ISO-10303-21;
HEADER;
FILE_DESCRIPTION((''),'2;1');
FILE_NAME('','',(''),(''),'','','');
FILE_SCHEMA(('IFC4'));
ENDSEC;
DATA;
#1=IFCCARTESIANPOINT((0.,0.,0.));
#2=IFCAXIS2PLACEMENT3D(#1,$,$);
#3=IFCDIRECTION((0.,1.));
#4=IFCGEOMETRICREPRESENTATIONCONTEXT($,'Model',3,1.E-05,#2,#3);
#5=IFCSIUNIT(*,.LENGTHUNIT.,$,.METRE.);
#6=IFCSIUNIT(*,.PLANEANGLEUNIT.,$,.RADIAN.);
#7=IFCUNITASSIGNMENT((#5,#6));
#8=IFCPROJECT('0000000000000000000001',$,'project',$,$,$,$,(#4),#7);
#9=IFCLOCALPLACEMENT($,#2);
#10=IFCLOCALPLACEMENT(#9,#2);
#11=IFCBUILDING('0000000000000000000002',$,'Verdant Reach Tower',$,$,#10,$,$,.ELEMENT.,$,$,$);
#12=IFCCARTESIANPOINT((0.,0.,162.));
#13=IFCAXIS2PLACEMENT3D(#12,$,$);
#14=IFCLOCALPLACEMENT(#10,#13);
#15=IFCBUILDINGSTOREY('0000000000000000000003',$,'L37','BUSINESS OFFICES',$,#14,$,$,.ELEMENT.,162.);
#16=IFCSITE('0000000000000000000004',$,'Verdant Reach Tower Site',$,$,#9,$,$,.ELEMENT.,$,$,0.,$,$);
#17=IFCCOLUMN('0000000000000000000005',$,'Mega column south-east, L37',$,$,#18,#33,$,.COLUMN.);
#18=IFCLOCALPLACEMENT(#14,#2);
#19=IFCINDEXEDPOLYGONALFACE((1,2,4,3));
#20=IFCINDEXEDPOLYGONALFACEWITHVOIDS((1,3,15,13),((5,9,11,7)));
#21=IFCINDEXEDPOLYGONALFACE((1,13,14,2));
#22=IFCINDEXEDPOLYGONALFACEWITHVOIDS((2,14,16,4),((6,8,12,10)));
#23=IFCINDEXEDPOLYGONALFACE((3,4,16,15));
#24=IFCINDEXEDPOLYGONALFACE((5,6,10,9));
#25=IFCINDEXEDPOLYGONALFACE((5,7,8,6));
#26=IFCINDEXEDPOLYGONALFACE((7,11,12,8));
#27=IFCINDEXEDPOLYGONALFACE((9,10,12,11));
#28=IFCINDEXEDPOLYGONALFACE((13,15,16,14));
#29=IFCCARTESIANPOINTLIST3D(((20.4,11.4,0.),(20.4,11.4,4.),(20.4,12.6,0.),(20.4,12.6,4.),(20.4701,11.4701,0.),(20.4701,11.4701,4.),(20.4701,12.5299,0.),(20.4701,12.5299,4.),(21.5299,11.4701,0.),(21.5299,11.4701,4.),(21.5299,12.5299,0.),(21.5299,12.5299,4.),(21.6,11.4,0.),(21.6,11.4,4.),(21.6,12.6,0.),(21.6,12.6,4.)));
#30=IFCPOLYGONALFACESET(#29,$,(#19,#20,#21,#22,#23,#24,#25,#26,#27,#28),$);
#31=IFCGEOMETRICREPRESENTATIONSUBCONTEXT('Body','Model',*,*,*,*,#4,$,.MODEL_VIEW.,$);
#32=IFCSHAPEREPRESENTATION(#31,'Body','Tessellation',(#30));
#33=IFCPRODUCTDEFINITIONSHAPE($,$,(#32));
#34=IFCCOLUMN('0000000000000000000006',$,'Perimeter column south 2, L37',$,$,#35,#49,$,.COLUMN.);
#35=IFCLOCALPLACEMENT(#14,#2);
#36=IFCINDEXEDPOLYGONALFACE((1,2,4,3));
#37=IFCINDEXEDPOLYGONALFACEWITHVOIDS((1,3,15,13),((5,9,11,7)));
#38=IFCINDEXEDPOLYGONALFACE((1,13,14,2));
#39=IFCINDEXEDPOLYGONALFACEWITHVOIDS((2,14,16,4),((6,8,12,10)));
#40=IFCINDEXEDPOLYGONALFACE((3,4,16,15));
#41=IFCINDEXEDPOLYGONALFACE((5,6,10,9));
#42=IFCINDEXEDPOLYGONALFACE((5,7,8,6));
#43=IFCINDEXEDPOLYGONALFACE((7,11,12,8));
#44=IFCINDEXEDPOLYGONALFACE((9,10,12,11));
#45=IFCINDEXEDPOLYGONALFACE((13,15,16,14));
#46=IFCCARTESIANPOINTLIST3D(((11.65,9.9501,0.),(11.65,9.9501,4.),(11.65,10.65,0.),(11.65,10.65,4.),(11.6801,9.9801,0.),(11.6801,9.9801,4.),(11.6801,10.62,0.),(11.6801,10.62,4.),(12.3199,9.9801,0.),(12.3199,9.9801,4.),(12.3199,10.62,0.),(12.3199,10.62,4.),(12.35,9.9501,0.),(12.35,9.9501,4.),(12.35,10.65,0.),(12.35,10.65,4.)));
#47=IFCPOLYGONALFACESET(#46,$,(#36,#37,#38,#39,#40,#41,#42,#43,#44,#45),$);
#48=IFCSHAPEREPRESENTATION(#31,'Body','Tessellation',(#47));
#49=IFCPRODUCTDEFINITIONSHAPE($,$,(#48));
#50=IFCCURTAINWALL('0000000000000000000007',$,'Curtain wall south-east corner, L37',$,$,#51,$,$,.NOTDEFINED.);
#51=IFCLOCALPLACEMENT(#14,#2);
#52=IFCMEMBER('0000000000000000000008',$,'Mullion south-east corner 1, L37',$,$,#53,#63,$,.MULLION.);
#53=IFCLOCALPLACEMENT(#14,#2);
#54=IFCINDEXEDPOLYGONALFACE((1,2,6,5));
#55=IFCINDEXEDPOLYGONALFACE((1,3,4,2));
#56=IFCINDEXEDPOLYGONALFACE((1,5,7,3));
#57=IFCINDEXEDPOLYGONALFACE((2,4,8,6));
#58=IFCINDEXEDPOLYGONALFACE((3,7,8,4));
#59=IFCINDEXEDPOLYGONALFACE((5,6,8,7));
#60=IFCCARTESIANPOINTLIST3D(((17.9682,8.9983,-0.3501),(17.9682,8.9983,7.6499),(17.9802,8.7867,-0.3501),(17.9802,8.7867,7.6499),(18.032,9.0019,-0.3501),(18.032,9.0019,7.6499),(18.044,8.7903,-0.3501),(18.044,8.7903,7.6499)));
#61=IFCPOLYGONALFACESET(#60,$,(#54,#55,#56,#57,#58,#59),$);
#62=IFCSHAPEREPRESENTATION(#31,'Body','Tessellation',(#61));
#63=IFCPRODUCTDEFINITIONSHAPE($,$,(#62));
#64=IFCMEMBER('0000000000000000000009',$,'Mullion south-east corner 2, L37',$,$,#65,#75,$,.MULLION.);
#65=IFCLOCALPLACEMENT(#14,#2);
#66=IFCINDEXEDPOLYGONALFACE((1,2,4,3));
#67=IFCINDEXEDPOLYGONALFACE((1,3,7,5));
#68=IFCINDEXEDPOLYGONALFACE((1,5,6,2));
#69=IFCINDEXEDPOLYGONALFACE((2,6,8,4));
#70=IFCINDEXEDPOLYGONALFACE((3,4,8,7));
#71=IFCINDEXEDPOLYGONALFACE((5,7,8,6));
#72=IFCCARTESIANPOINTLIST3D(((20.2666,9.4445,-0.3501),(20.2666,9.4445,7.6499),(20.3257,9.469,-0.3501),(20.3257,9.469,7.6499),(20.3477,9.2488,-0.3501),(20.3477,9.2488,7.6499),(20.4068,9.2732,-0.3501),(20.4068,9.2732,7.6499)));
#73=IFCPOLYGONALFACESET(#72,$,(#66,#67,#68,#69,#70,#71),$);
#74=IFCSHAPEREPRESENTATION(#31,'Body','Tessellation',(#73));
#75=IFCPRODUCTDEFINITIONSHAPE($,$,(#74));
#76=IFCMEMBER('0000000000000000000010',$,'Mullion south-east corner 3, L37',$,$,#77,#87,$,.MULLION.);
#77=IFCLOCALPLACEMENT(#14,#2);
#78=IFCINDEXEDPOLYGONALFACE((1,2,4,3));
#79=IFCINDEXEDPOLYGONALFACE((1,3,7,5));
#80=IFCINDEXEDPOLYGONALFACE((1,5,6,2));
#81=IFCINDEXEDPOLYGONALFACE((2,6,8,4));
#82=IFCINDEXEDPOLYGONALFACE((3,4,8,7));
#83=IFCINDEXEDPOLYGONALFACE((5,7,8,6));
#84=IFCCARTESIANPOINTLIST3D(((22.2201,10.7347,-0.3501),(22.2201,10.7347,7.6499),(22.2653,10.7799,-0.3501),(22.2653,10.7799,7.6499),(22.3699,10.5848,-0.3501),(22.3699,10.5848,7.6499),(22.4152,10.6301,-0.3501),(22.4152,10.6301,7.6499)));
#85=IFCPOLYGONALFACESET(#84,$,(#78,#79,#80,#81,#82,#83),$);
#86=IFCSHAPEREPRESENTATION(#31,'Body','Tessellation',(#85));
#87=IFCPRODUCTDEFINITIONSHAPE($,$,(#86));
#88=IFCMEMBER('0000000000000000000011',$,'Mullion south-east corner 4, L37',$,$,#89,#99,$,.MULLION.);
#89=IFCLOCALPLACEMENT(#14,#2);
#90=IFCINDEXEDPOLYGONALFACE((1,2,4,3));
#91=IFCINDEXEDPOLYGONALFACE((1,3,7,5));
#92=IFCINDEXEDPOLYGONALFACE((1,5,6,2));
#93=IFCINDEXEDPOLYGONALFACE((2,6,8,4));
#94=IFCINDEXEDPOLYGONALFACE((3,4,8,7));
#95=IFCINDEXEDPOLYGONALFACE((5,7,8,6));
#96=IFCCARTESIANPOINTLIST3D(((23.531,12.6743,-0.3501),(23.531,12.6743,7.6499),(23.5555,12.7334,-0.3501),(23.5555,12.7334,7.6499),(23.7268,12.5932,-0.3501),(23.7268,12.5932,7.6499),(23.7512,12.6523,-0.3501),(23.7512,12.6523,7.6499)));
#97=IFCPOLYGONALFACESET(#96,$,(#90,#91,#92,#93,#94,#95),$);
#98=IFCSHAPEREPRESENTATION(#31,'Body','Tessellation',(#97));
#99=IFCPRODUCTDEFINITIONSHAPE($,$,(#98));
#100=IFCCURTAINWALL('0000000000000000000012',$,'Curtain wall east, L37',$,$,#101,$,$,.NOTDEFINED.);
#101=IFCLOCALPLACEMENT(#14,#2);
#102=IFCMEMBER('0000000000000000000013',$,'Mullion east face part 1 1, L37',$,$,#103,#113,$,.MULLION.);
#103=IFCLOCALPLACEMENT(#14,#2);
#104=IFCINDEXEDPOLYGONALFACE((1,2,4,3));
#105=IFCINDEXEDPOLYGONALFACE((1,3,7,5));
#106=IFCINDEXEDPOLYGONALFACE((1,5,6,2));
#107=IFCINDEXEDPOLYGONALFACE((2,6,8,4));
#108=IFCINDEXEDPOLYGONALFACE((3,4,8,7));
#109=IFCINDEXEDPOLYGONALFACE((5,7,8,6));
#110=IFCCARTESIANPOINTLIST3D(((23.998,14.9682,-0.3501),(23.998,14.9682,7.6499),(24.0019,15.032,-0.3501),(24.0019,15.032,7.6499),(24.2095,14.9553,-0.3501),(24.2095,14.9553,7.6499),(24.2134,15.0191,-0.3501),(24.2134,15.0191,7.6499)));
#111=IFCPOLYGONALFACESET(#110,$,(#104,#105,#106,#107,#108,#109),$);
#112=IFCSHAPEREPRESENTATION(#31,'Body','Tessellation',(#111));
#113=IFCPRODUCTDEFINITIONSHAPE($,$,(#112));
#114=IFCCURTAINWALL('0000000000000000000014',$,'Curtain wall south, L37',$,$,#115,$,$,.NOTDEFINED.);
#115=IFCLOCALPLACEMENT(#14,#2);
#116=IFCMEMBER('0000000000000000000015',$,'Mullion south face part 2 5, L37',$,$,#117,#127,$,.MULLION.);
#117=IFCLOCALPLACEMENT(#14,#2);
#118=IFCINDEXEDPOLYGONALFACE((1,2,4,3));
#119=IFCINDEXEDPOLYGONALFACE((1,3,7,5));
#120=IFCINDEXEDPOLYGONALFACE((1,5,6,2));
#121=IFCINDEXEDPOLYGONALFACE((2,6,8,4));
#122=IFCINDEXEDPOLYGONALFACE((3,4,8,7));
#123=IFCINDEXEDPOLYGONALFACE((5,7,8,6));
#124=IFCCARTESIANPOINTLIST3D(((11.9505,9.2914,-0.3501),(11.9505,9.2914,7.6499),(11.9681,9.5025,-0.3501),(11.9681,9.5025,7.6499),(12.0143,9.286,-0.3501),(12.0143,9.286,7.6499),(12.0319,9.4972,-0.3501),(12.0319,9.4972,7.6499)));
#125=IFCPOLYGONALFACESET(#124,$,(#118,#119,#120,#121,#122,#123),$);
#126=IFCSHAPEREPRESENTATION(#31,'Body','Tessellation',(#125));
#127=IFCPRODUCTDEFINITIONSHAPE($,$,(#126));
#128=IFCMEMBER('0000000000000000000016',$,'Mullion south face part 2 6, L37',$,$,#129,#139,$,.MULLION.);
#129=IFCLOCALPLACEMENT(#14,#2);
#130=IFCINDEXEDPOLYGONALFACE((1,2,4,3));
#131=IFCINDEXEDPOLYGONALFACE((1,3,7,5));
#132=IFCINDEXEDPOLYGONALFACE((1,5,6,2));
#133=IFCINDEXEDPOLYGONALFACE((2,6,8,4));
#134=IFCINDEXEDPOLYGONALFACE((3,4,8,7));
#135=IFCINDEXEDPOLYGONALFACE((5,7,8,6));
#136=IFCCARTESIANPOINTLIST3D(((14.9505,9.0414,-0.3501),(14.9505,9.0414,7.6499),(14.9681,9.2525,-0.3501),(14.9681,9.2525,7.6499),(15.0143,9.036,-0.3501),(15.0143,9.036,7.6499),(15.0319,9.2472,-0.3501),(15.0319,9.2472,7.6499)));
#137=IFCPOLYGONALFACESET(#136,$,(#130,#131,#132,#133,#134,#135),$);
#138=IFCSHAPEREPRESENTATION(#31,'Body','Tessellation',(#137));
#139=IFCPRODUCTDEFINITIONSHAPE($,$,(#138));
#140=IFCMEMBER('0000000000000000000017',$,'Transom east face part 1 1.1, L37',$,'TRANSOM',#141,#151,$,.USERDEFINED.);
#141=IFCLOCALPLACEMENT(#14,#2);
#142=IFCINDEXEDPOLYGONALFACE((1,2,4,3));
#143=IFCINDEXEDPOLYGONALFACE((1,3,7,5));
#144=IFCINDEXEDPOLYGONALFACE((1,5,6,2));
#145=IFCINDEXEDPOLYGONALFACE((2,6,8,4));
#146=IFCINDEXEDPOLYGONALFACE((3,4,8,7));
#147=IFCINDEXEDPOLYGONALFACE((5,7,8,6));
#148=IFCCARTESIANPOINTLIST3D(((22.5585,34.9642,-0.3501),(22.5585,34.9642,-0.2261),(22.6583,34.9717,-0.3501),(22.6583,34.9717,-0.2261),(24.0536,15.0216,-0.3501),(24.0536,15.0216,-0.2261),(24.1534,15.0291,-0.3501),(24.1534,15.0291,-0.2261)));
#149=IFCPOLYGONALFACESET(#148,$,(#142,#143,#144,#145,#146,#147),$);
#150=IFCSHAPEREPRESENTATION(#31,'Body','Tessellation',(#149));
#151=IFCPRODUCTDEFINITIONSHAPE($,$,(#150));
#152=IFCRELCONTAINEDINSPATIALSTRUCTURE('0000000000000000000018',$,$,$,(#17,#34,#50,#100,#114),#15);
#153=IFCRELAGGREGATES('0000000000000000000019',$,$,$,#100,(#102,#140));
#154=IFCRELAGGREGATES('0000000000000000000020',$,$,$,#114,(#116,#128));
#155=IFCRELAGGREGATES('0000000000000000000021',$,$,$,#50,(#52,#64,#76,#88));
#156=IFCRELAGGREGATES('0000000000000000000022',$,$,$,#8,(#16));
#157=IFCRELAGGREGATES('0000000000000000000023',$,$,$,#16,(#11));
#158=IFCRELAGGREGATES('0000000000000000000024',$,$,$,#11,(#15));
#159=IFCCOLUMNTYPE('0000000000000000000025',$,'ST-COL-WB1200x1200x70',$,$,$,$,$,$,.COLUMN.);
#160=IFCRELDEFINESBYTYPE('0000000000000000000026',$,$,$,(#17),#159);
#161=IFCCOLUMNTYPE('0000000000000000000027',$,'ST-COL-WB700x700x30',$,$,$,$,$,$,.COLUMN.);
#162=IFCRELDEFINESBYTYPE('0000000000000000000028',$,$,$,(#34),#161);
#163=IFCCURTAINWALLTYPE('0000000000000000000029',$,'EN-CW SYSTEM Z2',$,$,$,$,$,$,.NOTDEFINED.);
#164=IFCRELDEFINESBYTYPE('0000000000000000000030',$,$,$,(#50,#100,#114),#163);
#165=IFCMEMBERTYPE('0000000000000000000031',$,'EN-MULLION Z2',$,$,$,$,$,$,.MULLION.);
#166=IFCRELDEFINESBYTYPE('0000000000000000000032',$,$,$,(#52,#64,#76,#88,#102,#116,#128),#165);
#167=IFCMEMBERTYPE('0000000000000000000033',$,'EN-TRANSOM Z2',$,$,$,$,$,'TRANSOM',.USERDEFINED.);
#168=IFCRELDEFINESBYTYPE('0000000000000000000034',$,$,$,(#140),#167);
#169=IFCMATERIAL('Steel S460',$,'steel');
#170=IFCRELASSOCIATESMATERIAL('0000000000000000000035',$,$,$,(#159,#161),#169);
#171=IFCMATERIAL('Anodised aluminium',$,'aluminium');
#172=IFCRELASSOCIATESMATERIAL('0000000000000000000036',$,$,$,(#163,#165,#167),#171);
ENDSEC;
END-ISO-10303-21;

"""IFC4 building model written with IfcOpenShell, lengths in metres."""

from ifc_helpers import new_model, si_unit, direction, frame, origin, origin_2d, place, context, subcontext, project, spatial, rectangle, hollow_rectangle, extrude, material, material_profile, profile_set, type_object, element, aggregate, save


model = new_model("IFC4")

# Units and contexts
model_context = context("Model", 3, precision=1e-05, world=origin(), true_north=direction((0.0, 1.0)))
body_context = subcontext(model_context, "Body", "Model", "MODEL_VIEW")
ifc_project = project(units=[si_unit("LENGTHUNIT", "METRE"), si_unit("PLANEANGLEUNIT", "RADIAN")], contexts=[model_context])

# Site, building, storey
site_placement = place(None, origin())
site = spatial("IfcSite", under=ifc_project, at=site_placement, Name="Verdant Reach Tower Site", CompositionType="ELEMENT", RefElevation=0.0)
building_placement = place(site_placement, origin())
building = spatial("IfcBuilding", under=site, at=building_placement, Name="Verdant Reach Tower", CompositionType="ELEMENT")
storey_placement = place(building_placement, frame((0.0, 0.0, 162.0)))
storey = spatial("IfcBuildingStorey", under=building, at=storey_placement, Name="L37", Description="BUSINESS OFFICES", CompositionType="ELEMENT", Elevation=162.0)

# Columns
ifc_material_1 = material(Name="Steel S460", Category="steel")
ifc_material_profile_1 = material_profile(ifc_material_1, hollow_rectangle(XDim=1.2, YDim=1.2, WallThickness=0.0701, at=origin_2d()), Name="WB 1200x1200x70")
ifc_profile_set_1 = profile_set([ifc_material_profile_1], Name="Steel S460")
column_type_1 = type_object("IfcColumnType", Name="ST-COL-WB1200x1200x70", PredefinedType="COLUMN", material=ifc_profile_set_1)
column_1_placement = place(storey_placement, frame((21.0, 12.0, 0.0), z_axis=(0.0, 0.0, 1.0), x_axis=(1.0, 0.0, 0.0)))
element("IfcColumn", 1, at=column_1_placement, inside=storey, type_object=column_type_1, Name="Mega column south-east, L37", PredefinedType="COLUMN", context=body_context, shape_type="SweptSolid", body=[
    extrude(hollow_rectangle(XDim=1.2, YDim=1.2, WallThickness=0.0701, at=origin_2d()), origin(), (0.0, 0.0, 1.0), 4.0),
])
ifc_material_profile_2 = material_profile(ifc_material_1, hollow_rectangle(XDim=0.7, YDim=0.7, WallThickness=0.03, at=origin_2d()), Name="WB 700x700x30")
ifc_profile_set_2 = profile_set([ifc_material_profile_2], Name="Steel S460")
column_type_2 = type_object("IfcColumnType", Name="ST-COL-WB700x700x30", PredefinedType="COLUMN", material=ifc_profile_set_2)
column_2_placement = place(storey_placement, frame((12.0, 10.3, 0.0), z_axis=(0.0, 0.0, 1.0), x_axis=(1.0, 0.0, 0.0)))
element("IfcColumn", 2, at=column_2_placement, inside=storey, type_object=column_type_2, Name="Perimeter column south 2, L37", PredefinedType="COLUMN", context=body_context, shape_type="SweptSolid", body=[
    extrude(hollow_rectangle(XDim=0.7, YDim=0.7, WallThickness=0.03, at=origin_2d()), origin(), (0.0, 0.0, 1.0), 4.0),
])

# Curtain wall, members
ifc_material_2 = material(Name="Anodised aluminium", Category="aluminium")
curtain_wall_type = type_object("IfcCurtainWallType", Name="EN-CW SYSTEM Z2", PredefinedType="NOTDEFINED", material=ifc_material_2)
curtain_wall_1_placement = place(storey_placement, origin())
curtain_wall_1 = element("IfcCurtainWall", 3, at=curtain_wall_1_placement, inside=storey, type_object=curtain_wall_type, Name="Curtain wall south-east corner, L37", PredefinedType="NOTDEFINED")
ifc_material_profile_3 = material_profile(ifc_material_2, rectangle(XDim=0.2119, YDim=0.064, at=origin_2d()), Name="Mullion 64x212")
ifc_profile_set_3 = profile_set([ifc_material_profile_3], Name="Anodised aluminium")
member_type_1 = type_object("IfcMemberType", Name="EN-MULLION Z2", PredefinedType="MULLION", material=ifc_profile_set_3)
member_1_placement = place(storey_placement, frame((18.0061, 8.8943, -0.3501), z_axis=(0.0, 0.0, 1.0), x_axis=(0.056569, -0.998399, 0.0)))
member_1 = element("IfcMember", 4, at=member_1_placement, type_object=member_type_1, Name="Mullion south-east corner 1, L37", PredefinedType="MULLION", context=body_context, shape_type="SweptSolid", body=[
    extrude(rectangle(XDim=0.2119, YDim=0.064, at=origin_2d()), origin(), (0.0, 0.0, 1.0), 8.0),
])
member_2_placement = place(storey_placement, frame((20.3367, 9.3589, -0.3501), z_axis=(0.0, 0.0, 1.0), x_axis=(0.382694, -0.923875, 0.0)))
member_2 = element("IfcMember", 5, at=member_2_placement, type_object=member_type_1, Name="Mullion south-east corner 2, L37", PredefinedType="MULLION", context=body_context, shape_type="SweptSolid", body=[
    extrude(rectangle(XDim=0.2119, YDim=0.064, at=origin_2d()), origin(), (0.0, 0.0, 1.0), 8.0),
])
member_3_placement = place(storey_placement, frame((22.3176, 10.6824, -0.3501), z_axis=(0.0, 0.0, 1.0), x_axis=(0.707107, -0.707107, 0.0)))
member_3 = element("IfcMember", 6, at=member_3_placement, type_object=member_type_1, Name="Mullion south-east corner 3, L37", PredefinedType="MULLION", context=body_context, shape_type="SweptSolid", body=[
    extrude(rectangle(XDim=0.2119, YDim=0.064, at=origin_2d()), origin(), (0.0, 0.0, 1.0), 8.0),
])
member_4_placement = place(storey_placement, frame((23.6411, 12.6633, -0.3501), z_axis=(0.0, 0.0, 1.0), x_axis=(0.923875, -0.382694, 0.0)))
member_4 = element("IfcMember", 7, at=member_4_placement, type_object=member_type_1, Name="Mullion south-east corner 4, L37", PredefinedType="MULLION", context=body_context, shape_type="SweptSolid", body=[
    extrude(rectangle(XDim=0.2119, YDim=0.064, at=origin_2d()), origin(), (0.0, 0.0, 1.0), 8.0),
])

# Curtain wall, member
curtain_wall_2_placement = place(storey_placement, origin())
curtain_wall_2 = element("IfcCurtainWall", 8, at=curtain_wall_2_placement, inside=storey, type_object=curtain_wall_type, Name="Curtain wall east, L37", PredefinedType="NOTDEFINED")
member_5_placement = place(storey_placement, frame((24.1057, 14.9937, -0.3501), z_axis=(0.0, 0.0, 1.0), x_axis=(0.998156, -0.060703, 0.0)))
member_5 = element("IfcMember", 9, at=member_5_placement, type_object=member_type_1, Name="Mullion east face part 1 1, L37", PredefinedType="MULLION", context=body_context, shape_type="SweptSolid", body=[
    extrude(rectangle(XDim=0.2119, YDim=0.064, at=origin_2d()), origin(), (0.0, 0.0, 1.0), 8.0),
])

# Curtain wall, members
curtain_wall_3_placement = place(storey_placement, origin())
curtain_wall_3 = element("IfcCurtainWall", 10, at=curtain_wall_3_placement, inside=storey, type_object=curtain_wall_type, Name="Curtain wall south, L37", PredefinedType="NOTDEFINED")
member_6_placement = place(storey_placement, frame((11.9912, 9.3943, -0.3501), z_axis=(0.0, 0.0, 1.0), x_axis=(-0.083045, -0.996546, 0.0)))
member_6 = element("IfcMember", 11, at=member_6_placement, type_object=member_type_1, Name="Mullion south face part 2 5, L37", PredefinedType="MULLION", context=body_context, shape_type="SweptSolid", body=[
    extrude(rectangle(XDim=0.2119, YDim=0.064, at=origin_2d()), origin(), (0.0, 0.0, 1.0), 8.0),
])
member_7_placement = place(storey_placement, frame((14.9912, 9.1443, -0.3501), z_axis=(0.0, 0.0, 1.0), x_axis=(-0.083045, -0.996546, 0.0)))
member_7 = element("IfcMember", 12, at=member_7_placement, type_object=member_type_1, Name="Mullion south face part 2 6, L37", PredefinedType="MULLION", context=body_context, shape_type="SweptSolid", body=[
    extrude(rectangle(XDim=0.2119, YDim=0.064, at=origin_2d()), origin(), (0.0, 0.0, 1.0), 8.0),
])

# Member
ifc_material_profile_4 = material_profile(ifc_material_2, rectangle(XDim=0.1001, YDim=0.124, at=origin_2d()), Name="Transom 124x100")
ifc_profile_set_4 = profile_set([ifc_material_profile_4], Name="Anodised aluminium")
member_type_2 = type_object("IfcMemberType", Name="EN-TRANSOM Z2", ElementType="TRANSOM", PredefinedType="USERDEFINED", material=ifc_profile_set_4)
member_8_placement = place(storey_placement, frame((24.1035, 15.0254, -0.2881), z_axis=(-0.074761, 0.997201, 0.0), x_axis=(-0.997201, -0.074761, 0.0)))
member_8 = element("IfcMember", 13, at=member_8_placement, type_object=member_type_2, Name="Transom east face part 1 1.1, L37", ObjectType="TRANSOM", PredefinedType="USERDEFINED", context=body_context, shape_type="SweptSolid", body=[
    extrude(rectangle(XDim=0.1001, YDim=0.124, at=origin_2d()), origin(), (0.0, 0.0, 1.0), 19.9985),
])
aggregate(curtain_wall_2, [member_5, member_8])

aggregate(curtain_wall_3, [member_6, member_7])
aggregate(curtain_wall_1, [member_1, member_2, member_3, member_4])

save(model, "model.ifc")
